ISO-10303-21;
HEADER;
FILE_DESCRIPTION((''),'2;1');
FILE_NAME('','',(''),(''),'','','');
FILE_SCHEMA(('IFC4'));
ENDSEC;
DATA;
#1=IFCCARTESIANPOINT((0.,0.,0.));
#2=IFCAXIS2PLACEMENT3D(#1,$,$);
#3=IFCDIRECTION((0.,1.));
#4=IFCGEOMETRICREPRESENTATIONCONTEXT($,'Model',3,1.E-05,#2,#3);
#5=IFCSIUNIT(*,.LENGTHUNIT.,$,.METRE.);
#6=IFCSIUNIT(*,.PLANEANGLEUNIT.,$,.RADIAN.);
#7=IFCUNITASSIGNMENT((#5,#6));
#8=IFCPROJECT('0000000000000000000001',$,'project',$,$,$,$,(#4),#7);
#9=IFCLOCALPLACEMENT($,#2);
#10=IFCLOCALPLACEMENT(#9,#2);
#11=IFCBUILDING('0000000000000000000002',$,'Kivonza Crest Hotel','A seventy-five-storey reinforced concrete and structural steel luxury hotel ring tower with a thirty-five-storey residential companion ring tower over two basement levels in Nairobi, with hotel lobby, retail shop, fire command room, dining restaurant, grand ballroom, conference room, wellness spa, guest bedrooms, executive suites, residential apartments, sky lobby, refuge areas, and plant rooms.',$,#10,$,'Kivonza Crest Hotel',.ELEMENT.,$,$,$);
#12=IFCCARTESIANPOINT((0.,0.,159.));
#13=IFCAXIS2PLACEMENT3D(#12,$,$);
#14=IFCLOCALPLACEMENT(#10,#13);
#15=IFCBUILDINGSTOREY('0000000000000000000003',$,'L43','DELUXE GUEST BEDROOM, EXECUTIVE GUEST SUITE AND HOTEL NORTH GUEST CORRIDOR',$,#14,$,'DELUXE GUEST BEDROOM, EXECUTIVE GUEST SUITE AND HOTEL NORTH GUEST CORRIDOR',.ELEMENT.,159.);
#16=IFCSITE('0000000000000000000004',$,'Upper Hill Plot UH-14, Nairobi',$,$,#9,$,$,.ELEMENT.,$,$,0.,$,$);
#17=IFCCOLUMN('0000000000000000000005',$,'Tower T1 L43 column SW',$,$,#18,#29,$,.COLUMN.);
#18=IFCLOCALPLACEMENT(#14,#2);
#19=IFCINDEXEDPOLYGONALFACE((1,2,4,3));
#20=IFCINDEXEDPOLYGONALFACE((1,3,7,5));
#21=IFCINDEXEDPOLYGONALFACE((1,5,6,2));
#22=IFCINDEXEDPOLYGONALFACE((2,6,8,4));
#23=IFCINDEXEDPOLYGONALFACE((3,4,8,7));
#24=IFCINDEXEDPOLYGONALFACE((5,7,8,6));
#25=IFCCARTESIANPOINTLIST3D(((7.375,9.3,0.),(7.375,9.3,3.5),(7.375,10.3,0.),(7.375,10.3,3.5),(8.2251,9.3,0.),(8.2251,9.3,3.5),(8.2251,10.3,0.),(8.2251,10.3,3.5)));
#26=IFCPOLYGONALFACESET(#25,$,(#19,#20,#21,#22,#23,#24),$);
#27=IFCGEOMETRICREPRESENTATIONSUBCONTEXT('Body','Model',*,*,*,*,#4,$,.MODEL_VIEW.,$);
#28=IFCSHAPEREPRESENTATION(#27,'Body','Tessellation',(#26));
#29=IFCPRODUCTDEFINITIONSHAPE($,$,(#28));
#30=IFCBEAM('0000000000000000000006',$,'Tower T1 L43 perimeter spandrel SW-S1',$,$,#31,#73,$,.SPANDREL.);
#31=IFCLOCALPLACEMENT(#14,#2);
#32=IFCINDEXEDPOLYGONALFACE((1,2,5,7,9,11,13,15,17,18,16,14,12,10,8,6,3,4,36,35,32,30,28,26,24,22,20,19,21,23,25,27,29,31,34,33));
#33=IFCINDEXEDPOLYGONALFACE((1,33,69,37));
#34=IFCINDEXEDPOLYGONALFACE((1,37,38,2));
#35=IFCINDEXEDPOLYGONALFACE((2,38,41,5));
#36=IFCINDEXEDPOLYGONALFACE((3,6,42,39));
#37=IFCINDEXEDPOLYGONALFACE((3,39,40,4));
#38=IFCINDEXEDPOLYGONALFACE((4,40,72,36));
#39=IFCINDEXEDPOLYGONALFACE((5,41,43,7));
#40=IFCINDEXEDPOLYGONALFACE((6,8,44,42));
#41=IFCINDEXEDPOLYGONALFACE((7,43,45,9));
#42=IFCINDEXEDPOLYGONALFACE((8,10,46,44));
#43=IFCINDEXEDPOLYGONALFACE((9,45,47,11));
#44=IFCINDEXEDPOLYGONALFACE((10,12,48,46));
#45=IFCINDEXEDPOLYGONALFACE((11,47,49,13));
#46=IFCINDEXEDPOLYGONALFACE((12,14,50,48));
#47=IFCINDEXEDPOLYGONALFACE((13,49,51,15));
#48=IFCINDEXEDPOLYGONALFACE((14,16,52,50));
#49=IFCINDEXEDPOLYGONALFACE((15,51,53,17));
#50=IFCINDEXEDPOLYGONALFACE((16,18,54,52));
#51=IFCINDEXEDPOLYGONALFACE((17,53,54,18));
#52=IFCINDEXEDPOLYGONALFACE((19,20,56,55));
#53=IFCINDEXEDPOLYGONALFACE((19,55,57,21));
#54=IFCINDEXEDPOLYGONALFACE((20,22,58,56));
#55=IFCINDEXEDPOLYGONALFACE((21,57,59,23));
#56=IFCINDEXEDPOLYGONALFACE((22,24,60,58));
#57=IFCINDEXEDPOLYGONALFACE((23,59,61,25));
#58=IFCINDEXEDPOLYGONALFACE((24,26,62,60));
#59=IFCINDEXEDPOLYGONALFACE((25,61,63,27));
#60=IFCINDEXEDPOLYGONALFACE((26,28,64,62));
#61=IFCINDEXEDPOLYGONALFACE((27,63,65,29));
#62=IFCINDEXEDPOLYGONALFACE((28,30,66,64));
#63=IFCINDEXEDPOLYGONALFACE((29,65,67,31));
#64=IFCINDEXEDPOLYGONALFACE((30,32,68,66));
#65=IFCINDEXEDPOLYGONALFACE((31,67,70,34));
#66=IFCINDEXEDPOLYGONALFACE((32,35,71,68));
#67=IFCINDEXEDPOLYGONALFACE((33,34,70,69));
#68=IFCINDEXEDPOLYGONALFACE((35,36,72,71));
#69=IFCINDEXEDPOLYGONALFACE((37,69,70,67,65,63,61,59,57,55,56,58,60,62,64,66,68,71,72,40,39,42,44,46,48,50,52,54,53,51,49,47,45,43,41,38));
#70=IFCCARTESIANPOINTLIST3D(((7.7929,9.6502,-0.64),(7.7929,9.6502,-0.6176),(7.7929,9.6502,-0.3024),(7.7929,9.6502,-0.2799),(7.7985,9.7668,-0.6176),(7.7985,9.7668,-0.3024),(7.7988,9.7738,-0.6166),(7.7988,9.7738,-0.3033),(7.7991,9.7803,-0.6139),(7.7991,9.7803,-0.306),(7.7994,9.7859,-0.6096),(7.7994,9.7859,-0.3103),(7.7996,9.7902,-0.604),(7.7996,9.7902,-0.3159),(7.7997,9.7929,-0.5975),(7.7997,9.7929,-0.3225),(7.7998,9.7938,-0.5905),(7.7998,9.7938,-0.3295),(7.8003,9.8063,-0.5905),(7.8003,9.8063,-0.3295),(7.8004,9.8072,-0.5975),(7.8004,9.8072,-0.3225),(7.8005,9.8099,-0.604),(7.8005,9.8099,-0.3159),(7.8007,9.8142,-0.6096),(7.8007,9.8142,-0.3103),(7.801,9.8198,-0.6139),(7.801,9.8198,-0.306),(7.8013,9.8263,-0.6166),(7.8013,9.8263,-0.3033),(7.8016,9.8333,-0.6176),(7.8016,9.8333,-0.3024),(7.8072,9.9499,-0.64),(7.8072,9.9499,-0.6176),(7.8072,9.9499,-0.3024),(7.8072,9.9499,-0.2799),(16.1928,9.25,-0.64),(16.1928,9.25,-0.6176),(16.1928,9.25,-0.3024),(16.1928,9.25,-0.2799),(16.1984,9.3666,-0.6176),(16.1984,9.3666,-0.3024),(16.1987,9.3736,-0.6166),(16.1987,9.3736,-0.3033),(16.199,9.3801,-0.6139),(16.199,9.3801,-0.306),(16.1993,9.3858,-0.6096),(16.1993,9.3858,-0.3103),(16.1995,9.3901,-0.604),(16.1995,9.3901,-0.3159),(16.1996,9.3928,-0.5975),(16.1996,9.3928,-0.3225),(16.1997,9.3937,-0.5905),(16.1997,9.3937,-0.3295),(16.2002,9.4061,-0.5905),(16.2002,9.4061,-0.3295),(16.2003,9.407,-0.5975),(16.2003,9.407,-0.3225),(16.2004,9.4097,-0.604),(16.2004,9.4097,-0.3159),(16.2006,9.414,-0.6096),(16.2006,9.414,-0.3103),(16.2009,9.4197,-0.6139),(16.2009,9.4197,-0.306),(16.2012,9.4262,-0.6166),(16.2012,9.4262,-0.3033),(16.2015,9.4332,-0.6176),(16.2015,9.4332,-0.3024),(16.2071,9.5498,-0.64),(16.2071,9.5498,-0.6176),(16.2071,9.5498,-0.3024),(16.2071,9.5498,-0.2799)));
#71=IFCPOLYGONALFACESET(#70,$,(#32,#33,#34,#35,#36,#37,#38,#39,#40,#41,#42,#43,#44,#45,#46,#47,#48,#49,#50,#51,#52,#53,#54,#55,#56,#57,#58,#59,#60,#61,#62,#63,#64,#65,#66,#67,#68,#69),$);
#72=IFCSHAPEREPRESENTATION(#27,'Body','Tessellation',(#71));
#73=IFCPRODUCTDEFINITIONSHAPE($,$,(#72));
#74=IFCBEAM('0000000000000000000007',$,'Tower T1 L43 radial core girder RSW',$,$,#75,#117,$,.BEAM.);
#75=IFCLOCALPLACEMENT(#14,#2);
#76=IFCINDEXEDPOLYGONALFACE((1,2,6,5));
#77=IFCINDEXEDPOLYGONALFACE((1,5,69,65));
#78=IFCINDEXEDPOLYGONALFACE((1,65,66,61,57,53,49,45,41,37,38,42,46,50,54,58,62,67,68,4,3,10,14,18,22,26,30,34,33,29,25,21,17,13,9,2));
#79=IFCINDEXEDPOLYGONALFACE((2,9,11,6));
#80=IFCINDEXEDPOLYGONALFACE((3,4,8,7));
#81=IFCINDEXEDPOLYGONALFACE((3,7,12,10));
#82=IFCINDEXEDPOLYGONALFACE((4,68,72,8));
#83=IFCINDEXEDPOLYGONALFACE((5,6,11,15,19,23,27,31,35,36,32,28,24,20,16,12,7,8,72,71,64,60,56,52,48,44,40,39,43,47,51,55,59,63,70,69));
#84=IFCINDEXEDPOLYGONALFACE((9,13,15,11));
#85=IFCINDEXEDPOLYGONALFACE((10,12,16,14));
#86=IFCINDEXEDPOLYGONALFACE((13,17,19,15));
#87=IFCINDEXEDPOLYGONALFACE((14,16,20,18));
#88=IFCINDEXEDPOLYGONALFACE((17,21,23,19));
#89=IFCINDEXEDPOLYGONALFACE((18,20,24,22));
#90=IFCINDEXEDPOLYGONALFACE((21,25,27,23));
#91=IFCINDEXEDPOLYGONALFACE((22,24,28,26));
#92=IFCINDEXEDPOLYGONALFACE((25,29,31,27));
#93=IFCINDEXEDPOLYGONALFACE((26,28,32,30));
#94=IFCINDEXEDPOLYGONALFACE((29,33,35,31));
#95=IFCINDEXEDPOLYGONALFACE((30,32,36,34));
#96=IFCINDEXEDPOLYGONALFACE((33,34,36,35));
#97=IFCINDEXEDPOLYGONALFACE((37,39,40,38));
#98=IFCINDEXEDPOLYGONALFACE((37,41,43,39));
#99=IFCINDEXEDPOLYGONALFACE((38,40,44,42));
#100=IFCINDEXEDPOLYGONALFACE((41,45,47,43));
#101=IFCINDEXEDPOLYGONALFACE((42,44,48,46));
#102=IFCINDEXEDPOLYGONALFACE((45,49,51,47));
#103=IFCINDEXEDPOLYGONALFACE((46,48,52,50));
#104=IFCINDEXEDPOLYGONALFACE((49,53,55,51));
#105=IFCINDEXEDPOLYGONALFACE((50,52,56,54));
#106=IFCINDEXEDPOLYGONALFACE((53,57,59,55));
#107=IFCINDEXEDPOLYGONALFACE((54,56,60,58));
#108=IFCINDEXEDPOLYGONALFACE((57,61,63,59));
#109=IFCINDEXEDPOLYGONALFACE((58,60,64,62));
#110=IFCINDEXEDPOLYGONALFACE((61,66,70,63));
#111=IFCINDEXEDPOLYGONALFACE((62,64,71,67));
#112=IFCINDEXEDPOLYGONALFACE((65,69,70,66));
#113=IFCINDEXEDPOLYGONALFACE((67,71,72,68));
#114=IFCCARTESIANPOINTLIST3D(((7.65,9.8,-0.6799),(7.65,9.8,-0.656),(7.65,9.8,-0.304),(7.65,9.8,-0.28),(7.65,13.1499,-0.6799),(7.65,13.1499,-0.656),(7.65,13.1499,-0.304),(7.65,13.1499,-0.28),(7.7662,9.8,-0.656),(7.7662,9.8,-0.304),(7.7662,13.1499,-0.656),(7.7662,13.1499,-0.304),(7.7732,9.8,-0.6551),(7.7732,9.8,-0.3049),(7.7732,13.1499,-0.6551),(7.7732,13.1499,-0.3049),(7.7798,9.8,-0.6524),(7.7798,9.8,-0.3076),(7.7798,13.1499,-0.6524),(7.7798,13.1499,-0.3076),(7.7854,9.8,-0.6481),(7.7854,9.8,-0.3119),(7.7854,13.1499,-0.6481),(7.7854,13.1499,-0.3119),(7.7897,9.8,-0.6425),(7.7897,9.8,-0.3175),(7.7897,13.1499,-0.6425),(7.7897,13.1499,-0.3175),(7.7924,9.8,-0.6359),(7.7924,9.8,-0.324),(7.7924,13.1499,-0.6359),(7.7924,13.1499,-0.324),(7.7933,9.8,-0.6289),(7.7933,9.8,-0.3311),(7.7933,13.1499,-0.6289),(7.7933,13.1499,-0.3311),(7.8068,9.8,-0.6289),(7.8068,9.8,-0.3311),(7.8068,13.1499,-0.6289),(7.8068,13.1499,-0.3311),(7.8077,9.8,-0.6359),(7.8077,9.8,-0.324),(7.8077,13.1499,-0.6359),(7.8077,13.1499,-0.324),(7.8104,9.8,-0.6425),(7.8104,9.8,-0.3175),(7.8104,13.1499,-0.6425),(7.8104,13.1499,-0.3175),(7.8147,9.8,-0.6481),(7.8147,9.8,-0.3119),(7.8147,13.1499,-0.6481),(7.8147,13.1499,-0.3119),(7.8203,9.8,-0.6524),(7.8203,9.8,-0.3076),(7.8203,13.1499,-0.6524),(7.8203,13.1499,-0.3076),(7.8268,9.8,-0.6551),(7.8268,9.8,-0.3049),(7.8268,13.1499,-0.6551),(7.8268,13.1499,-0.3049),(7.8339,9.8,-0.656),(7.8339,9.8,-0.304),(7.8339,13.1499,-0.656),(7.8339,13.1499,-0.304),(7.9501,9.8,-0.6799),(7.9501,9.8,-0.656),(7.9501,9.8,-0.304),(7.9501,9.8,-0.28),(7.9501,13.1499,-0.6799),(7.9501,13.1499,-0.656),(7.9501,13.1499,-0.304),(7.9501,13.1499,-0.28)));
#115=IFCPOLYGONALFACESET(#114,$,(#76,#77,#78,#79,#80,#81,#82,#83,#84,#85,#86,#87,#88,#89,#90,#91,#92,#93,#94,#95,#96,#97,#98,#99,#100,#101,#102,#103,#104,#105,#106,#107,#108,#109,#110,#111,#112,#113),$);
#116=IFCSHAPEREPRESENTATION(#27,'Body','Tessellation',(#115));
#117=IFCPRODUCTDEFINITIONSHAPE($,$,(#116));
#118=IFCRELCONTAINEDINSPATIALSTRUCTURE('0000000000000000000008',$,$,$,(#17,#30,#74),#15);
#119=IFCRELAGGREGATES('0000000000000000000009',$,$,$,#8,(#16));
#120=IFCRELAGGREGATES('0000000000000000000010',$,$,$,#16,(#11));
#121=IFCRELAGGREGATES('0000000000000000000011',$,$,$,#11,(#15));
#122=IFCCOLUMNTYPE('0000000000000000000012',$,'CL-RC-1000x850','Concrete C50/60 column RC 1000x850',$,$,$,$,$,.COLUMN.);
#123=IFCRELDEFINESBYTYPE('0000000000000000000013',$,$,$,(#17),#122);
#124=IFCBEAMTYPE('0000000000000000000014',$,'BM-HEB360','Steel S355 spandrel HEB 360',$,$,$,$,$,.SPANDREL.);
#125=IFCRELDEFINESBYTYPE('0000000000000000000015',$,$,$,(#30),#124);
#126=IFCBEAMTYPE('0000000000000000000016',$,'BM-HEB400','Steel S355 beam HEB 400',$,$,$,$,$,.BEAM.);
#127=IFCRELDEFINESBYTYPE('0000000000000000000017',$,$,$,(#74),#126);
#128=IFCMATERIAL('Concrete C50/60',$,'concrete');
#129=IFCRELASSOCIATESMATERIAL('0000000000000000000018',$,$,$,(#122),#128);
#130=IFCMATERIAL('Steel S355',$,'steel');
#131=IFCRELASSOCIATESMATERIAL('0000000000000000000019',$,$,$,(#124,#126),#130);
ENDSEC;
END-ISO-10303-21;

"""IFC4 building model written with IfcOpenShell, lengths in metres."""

from ifc_helpers import new_model, si_unit, direction, frame, origin, origin_2d, place, context, subcontext, project, spatial, rectangle, i_section, extrude, material, material_profile, profile_set, type_object, element, save


model = new_model("IFC4")

# Units and contexts
model_context = context("Model", 3, precision=1e-05, world=origin(), true_north=direction((0.0, 1.0)))
body_context = subcontext(model_context, "Body", "Model", "MODEL_VIEW")
ifc_project = project(units=[si_unit("LENGTHUNIT", "METRE"), si_unit("PLANEANGLEUNIT", "RADIAN")], contexts=[model_context])

# Site, building, storey
site_placement = place(None, origin())
site = spatial("IfcSite", under=ifc_project, at=site_placement, Name="Upper Hill Plot UH-14, Nairobi", CompositionType="ELEMENT", RefElevation=0.0)
building_placement = place(site_placement, origin())
building = spatial("IfcBuilding", under=site, at=building_placement, Name="Kivonza Crest Hotel", Description="A seventy-five-storey reinforced concrete and structural steel luxury hotel ring tower with a thirty-five-storey residential companion ring tower over two basement levels in Nairobi, with hotel lobby, retail shop, fire command room, dining restaurant, grand ballroom, conference room, wellness spa, guest bedrooms, executive suites, residential apartments, sky lobby, refuge areas, and plant rooms.", LongName="Kivonza Crest Hotel", CompositionType="ELEMENT")
storey_placement = place(building_placement, frame((0.0, 0.0, 159.0)))
storey = spatial("IfcBuildingStorey", under=building, at=storey_placement, Name="L43", Description="DELUXE GUEST BEDROOM, EXECUTIVE GUEST SUITE AND HOTEL NORTH GUEST CORRIDOR", LongName="DELUXE GUEST BEDROOM, EXECUTIVE GUEST SUITE AND HOTEL NORTH GUEST CORRIDOR", CompositionType="ELEMENT", Elevation=159.0)

# Column
ifc_material_1 = material(Name="Concrete C50/60", Category="concrete")
ifc_material_profile_1 = material_profile(ifc_material_1, rectangle(XDim=0.8501, YDim=1.0, at=origin_2d()), Name="RC 1000x850")
ifc_profile_set_1 = profile_set([ifc_material_profile_1], Name="Concrete C50/60")
column_type = type_object("IfcColumnType", Name="CL-RC-1000x850", Description="Concrete C50/60 column RC 1000x850", PredefinedType="COLUMN", material=ifc_profile_set_1)
column_placement = place(storey_placement, frame((7.8, 9.8, 0.0), z_axis=(0.0, 0.0, 1.0), x_axis=(1.0, 0.0, 0.0)))
element("IfcColumn", 1, at=column_placement, inside=storey, type_object=column_type, Name="Tower T1 L43 column SW", PredefinedType="COLUMN", context=body_context, shape_type="SweptSolid", body=[
    extrude(rectangle(XDim=0.8501, YDim=1.0, at=origin_2d()), origin(), (0.0, 0.0, 1.0), 3.5),
])

# Beams
ifc_material_2 = material(Name="Steel S355", Category="steel")
ifc_material_profile_2 = material_profile(ifc_material_2, i_section(OverallWidth=0.3, OverallDepth=0.3601, WebThickness=0.0125, FlangeThickness=0.0225, FilletRadius=0.0271, at=origin_2d()), Name="HEB 360")
ifc_profile_set_2 = profile_set([ifc_material_profile_2], Name="Steel S355")
beam_type_1 = type_object("IfcBeamType", Name="BM-HEB360", Description="Steel S355 spandrel HEB 360", PredefinedType="SPANDREL", material=ifc_profile_set_2)
beam_1_placement = place(storey_placement, frame((7.8, 9.8, -0.46), z_axis=(0.998867, -0.047583, 0.0), x_axis=(0.047583, 0.998867, 0.0)))
element("IfcBeam", 2, at=beam_1_placement, inside=storey, type_object=beam_type_1, Name="Tower T1 L43 perimeter spandrel SW-S1", PredefinedType="SPANDREL", context=body_context, shape_type="SweptSolid", body=[
    extrude(i_section(OverallWidth=0.3, OverallDepth=0.3601, WebThickness=0.0125, FlangeThickness=0.0225, FilletRadius=0.0271, at=origin_2d()), origin(), (0.0, 0.0, 1.0), 8.4094),
])
ifc_material_profile_3 = material_profile(ifc_material_2, i_section(OverallWidth=0.3, OverallDepth=0.3999, WebThickness=0.0134, FlangeThickness=0.0239, FilletRadius=0.0271, at=origin_2d()), Name="HEB 400")
ifc_profile_set_3 = profile_set([ifc_material_profile_3], Name="Steel S355")
beam_type_2 = type_object("IfcBeamType", Name="BM-HEB400", Description="Steel S355 beam HEB 400", PredefinedType="BEAM", material=ifc_profile_set_3)
beam_2_placement = place(storey_placement, frame((7.8, 9.8, -0.48), z_axis=(0.0, 1.0, 0.0), x_axis=(-1.0, 0.0, 0.0)))
element("IfcBeam", 3, at=beam_2_placement, inside=storey, type_object=beam_type_2, Name="Tower T1 L43 radial core girder RSW", PredefinedType="BEAM", context=body_context, shape_type="SweptSolid", body=[
    extrude(i_section(OverallWidth=0.3, OverallDepth=0.3999, WebThickness=0.0134, FlangeThickness=0.0239, FilletRadius=0.0271, at=origin_2d()), origin(), (0.0, 0.0, 1.0), 3.3499),
])

save(model, "model.ifc")
